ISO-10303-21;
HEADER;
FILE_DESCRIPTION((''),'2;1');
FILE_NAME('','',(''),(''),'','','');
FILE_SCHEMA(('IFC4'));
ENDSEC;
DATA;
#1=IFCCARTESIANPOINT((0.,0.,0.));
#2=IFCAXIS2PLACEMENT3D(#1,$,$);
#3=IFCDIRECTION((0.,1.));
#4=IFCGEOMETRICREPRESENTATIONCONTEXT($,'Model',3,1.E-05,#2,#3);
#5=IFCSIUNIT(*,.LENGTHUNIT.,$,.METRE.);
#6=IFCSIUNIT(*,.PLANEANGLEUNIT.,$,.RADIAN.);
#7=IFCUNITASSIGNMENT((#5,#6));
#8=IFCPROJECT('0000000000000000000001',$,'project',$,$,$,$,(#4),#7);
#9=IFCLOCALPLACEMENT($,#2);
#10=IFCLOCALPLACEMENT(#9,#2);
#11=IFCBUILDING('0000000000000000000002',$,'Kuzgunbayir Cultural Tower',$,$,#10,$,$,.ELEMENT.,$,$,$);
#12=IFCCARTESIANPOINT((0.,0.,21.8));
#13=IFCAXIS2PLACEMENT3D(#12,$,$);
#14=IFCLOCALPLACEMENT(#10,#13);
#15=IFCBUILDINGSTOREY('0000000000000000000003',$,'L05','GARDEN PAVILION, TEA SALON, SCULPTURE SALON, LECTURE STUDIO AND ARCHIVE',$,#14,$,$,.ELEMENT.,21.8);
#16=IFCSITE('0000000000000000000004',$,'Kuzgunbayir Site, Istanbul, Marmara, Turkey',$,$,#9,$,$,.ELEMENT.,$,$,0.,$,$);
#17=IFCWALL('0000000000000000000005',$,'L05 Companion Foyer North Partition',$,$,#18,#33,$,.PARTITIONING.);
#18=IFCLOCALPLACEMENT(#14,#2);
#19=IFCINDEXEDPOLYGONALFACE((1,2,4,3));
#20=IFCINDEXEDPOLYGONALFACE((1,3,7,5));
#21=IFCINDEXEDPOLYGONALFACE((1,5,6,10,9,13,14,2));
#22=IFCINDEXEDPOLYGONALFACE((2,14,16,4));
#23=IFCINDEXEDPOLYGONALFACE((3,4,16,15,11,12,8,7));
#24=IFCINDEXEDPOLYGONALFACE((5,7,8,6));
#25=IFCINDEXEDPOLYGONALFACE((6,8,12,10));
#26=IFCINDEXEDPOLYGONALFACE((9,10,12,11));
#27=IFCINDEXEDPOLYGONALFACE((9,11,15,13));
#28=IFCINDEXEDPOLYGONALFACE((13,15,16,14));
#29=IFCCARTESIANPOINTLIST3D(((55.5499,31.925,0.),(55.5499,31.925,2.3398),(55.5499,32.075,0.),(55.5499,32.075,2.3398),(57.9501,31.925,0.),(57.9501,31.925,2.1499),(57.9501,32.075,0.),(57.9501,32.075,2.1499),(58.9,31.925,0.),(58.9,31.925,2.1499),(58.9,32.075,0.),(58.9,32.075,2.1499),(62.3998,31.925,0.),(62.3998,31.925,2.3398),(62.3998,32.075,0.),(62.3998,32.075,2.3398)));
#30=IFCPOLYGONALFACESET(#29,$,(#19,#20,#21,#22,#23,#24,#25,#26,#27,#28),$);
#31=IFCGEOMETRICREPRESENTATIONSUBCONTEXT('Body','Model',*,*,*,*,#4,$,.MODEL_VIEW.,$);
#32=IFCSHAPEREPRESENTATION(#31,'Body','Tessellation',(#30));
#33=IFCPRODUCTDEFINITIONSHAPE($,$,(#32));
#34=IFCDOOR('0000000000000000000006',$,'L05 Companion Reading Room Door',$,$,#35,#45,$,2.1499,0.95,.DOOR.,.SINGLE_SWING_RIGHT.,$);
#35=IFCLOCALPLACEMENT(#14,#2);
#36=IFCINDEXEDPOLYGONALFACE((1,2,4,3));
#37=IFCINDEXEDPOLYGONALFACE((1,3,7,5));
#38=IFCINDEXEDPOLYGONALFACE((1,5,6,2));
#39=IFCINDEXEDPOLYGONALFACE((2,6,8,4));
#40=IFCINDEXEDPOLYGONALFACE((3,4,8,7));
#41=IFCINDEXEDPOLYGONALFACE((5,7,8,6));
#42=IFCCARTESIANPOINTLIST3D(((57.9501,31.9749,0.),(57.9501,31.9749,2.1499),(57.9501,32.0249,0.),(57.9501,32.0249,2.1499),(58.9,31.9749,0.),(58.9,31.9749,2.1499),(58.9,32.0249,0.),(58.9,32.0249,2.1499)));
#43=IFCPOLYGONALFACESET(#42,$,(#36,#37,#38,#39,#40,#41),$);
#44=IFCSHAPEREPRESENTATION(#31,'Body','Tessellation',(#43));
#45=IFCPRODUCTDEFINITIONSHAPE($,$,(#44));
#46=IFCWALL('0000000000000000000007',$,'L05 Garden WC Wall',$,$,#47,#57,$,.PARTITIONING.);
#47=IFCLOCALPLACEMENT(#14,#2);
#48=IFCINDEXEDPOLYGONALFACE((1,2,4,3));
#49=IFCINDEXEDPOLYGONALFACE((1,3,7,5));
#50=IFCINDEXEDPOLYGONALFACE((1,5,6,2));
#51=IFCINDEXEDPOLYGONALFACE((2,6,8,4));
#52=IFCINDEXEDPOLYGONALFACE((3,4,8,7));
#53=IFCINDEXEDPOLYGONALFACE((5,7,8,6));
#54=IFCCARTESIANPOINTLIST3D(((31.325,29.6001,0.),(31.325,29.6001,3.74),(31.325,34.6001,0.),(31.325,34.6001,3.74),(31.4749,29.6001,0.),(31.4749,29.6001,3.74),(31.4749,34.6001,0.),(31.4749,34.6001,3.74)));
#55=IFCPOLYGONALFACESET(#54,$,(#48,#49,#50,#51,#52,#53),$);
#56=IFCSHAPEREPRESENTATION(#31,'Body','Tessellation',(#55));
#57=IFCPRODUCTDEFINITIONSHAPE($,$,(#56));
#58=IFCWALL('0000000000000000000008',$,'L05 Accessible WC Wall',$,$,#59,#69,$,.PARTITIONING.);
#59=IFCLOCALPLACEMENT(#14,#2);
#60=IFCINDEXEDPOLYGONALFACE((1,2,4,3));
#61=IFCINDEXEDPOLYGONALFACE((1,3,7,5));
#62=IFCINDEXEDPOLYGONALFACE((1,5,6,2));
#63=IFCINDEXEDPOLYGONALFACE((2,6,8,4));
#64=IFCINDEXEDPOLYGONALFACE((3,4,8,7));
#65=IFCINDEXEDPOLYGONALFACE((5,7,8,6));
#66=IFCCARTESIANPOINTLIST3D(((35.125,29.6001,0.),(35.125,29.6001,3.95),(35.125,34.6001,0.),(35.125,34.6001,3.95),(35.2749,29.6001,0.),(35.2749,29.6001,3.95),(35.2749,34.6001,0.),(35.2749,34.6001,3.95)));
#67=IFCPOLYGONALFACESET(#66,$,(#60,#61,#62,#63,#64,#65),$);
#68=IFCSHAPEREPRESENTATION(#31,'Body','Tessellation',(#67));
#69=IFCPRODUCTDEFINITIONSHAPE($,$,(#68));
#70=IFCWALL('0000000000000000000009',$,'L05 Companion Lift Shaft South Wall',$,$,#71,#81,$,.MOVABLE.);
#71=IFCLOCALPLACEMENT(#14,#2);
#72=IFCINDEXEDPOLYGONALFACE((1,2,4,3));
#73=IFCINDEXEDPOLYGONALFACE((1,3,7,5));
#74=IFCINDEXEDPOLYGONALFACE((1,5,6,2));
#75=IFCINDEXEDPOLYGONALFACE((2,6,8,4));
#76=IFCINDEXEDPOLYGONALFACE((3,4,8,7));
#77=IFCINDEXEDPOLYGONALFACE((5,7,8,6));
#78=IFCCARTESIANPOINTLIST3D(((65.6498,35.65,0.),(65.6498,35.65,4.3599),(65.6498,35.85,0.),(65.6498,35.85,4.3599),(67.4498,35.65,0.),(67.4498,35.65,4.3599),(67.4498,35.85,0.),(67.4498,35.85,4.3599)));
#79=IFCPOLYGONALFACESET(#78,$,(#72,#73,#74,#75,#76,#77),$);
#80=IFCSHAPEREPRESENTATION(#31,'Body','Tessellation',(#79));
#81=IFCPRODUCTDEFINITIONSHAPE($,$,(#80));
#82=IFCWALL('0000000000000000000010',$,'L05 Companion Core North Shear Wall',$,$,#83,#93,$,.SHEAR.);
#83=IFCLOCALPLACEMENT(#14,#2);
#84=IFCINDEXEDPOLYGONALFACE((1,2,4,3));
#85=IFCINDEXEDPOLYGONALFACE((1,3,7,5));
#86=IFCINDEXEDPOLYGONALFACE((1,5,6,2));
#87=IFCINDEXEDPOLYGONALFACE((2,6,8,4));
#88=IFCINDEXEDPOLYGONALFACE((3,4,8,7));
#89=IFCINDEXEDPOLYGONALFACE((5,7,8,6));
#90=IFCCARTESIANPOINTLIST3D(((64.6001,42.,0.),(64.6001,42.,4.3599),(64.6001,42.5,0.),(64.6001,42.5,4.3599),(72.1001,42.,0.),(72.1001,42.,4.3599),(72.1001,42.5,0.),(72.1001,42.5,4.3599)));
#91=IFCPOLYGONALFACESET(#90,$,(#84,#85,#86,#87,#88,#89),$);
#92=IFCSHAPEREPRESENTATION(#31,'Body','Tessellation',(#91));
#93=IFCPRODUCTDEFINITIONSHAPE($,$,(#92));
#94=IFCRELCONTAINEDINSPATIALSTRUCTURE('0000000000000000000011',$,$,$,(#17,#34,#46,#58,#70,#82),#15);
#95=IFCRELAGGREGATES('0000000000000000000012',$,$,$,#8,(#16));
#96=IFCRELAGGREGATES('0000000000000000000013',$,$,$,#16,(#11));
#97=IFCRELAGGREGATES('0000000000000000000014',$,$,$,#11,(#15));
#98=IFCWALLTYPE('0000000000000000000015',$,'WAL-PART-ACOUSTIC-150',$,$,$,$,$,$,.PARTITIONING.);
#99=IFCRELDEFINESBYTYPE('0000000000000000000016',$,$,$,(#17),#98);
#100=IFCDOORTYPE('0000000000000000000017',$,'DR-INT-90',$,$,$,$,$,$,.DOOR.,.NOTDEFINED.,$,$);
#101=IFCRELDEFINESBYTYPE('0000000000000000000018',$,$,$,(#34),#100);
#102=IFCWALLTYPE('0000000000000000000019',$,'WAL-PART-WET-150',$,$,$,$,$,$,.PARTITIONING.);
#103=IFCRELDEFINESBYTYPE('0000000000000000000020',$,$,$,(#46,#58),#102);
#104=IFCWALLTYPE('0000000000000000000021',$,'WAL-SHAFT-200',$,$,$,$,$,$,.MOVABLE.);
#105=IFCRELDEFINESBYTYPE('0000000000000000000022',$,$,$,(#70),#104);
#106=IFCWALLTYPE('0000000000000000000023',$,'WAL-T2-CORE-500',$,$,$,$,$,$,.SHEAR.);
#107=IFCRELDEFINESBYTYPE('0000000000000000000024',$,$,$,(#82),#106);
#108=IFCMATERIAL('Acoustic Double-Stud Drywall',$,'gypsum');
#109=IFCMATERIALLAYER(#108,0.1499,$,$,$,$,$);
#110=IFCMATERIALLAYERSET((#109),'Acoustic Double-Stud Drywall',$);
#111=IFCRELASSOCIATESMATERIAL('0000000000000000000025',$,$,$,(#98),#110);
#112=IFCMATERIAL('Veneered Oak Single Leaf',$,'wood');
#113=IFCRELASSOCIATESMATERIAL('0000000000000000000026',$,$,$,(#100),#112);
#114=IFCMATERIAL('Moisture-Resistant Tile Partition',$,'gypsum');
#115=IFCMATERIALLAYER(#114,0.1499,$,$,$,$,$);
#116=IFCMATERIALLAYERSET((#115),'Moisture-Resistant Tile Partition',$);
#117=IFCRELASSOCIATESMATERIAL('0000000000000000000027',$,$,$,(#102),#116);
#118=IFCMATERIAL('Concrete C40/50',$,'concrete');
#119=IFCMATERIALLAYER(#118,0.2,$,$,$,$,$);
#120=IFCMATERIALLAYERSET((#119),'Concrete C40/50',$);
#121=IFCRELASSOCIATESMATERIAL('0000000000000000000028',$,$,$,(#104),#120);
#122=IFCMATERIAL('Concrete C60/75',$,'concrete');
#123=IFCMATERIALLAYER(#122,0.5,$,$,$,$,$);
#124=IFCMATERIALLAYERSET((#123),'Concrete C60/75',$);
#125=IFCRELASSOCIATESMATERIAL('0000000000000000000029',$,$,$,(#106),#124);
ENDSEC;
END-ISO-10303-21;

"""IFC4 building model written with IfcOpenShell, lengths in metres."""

from ifc_helpers import new_model, si_unit, direction, frame, frame_2d, origin, place, context, subcontext, project, spatial, rectangle, extrude, material, layer, layer_set, type_object, element, fill, save


model = new_model("IFC4")

# Units and contexts
model_context = context("Model", 3, precision=1e-05, world=origin(), true_north=direction((0.0, 1.0)))
body_context = subcontext(model_context, "Body", "Model", "MODEL_VIEW")
ifc_project = project(units=[si_unit("LENGTHUNIT", "METRE"), si_unit("PLANEANGLEUNIT", "RADIAN")], contexts=[model_context])

# Site, building, storey
site_placement = place(None, origin())
site = spatial("IfcSite", under=ifc_project, at=site_placement, Name="Kuzgunbayir Site, Istanbul, Marmara, Turkey", CompositionType="ELEMENT", RefElevation=0.0)
building_placement = place(site_placement, origin())
building = spatial("IfcBuilding", under=site, at=building_placement, Name="Kuzgunbayir Cultural Tower", CompositionType="ELEMENT")
storey_placement = place(building_placement, frame((0.0, 0.0, 21.8)))
storey = spatial("IfcBuildingStorey", under=building, at=storey_placement, Name="L05", Description="GARDEN PAVILION, TEA SALON, SCULPTURE SALON, LECTURE STUDIO AND ARCHIVE", CompositionType="ELEMENT", Elevation=21.8)

# Shared definitions
ifc_material_1 = material(Name="Concrete C60/75", Category="concrete")

# Shared definitions
ifc_material_2 = material(Name="Acoustic Double-Stud Drywall", Category="gypsum")
ifc_layer_1 = layer(ifc_material_2, 0.1499)
ifc_layer_set_1 = layer_set([ifc_layer_1], Name="Acoustic Double-Stud Drywall")
wall_type_1 = type_object("IfcWallType", Name="WAL-PART-ACOUSTIC-150", PredefinedType="PARTITIONING", material=ifc_layer_set_1)
ifc_material_3 = material(Name="Veneered Oak Single Leaf", Category="wood")
door_type_1 = type_object("IfcDoorType", Name="DR-INT-90", OperationType="NOTDEFINED", PredefinedType="DOOR", material=ifc_material_3)

# Wall, opening, door
wall_1_placement = place(storey_placement, frame((55.55, 32.0, 0.0), z_axis=(0.0, 0.0, 1.0), x_axis=(1.0, 0.0, 0.0)))
wall_1 = element("IfcWall", 1, at=wall_1_placement, inside=storey, type_object=wall_type_1, Name="L05 Companion Foyer North Partition", PredefinedType="PARTITIONING", context=body_context, shape_type="SweptSolid", body=[
    extrude(rectangle(XDim=6.8499, YDim=0.1499, at=frame_2d((3.4248, 0.0))), origin(), (0.0, 0.0, 1.0), 2.3398),
])
opening_1_placement = place(wall_1_placement, frame((2.3999, 0.0, 0.0)))
opening_1 = element("IfcOpeningElement", 2, at=opening_1_placement, cuts=wall_1, PredefinedType="OPENING", context=body_context, shape_type="SweptSolid", body=[
    extrude(rectangle(XDim=0.95, YDim=2.1499, at=frame_2d((0.4751, 1.075))), frame((0.0, 0.085, 0.0), z_axis=(0.0, -1.0, 0.0), x_axis=(1.0, 0.0, 0.0)), (0.0, 0.0, 1.0), 0.1699),
])
door_1_placement = place(opening_1_placement, origin())
door_1 = element("IfcDoor", 3, at=door_1_placement, inside=storey, type_object=door_type_1, Name="L05 Companion Reading Room Door", OperationType="SINGLE_SWING_RIGHT", OverallHeight=2.1499, OverallWidth=0.95, PredefinedType="DOOR", context=body_context, shape_type="SweptSolid", body=[
    extrude(rectangle(XDim=0.95, YDim=2.1499, at=frame_2d((0.4751, 1.075))), frame((0.0, 0.0249, 0.0), z_axis=(0.0, -1.0, 0.0), x_axis=(1.0, 0.0, 0.0)), (0.0, 0.0, 1.0), 0.05),
])
fill(opening_1, door_1)

# Walls
ifc_material_4 = material(Name="Moisture-Resistant Tile Partition", Category="gypsum")
ifc_layer_2 = layer(ifc_material_4, 0.1499)
ifc_layer_set_2 = layer_set([ifc_layer_2], Name="Moisture-Resistant Tile Partition")
wall_type_2 = type_object("IfcWallType", Name="WAL-PART-WET-150", PredefinedType="PARTITIONING", material=ifc_layer_set_2)
wall_2_placement = place(storey_placement, frame((31.3999, 29.6001, 0.0), z_axis=(0.0, 0.0, 1.0), x_axis=(0.0, 1.0, 0.0)))
element("IfcWall", 4, at=wall_2_placement, inside=storey, type_object=wall_type_2, Name="L05 Garden WC Wall", PredefinedType="PARTITIONING", context=body_context, shape_type="SweptSolid", body=[
    extrude(rectangle(XDim=5.0, YDim=0.1499, at=frame_2d((2.5, 0.0))), origin(), (0.0, 0.0, 1.0), 3.74),
])
wall_3_placement = place(storey_placement, frame((35.2, 29.6001, 0.0), z_axis=(0.0, 0.0, 1.0), x_axis=(0.0, 1.0, 0.0)))
element("IfcWall", 5, at=wall_3_placement, inside=storey, type_object=wall_type_2, Name="L05 Accessible WC Wall", PredefinedType="PARTITIONING", context=body_context, shape_type="SweptSolid", body=[
    extrude(rectangle(XDim=5.0, YDim=0.1499, at=frame_2d((2.5, 0.0))), origin(), (0.0, 0.0, 1.0), 3.95),
])

# Shared definitions
ifc_material_5 = material(Name="Concrete C40/50", Category="concrete")
ifc_layer_3 = layer(ifc_material_5, 0.2)
ifc_layer_set_3 = layer_set([ifc_layer_3], Name="Concrete C40/50")
wall_type_3 = type_object("IfcWallType", Name="WAL-SHAFT-200", PredefinedType="MOVABLE", material=ifc_layer_set_3)

# Walls
wall_4_placement = place(storey_placement, frame((65.6499, 35.75, 0.0), z_axis=(0.0, 0.0, 1.0), x_axis=(1.0, 0.0, 0.0)))
element("IfcWall", 6, at=wall_4_placement, inside=storey, type_object=wall_type_3, Name="L05 Companion Lift Shaft South Wall", PredefinedType="MOVABLE", context=body_context, shape_type="SweptSolid", body=[
    extrude(rectangle(XDim=1.8, YDim=0.2, at=frame_2d((0.8999, 0.0))), origin(), (0.0, 0.0, 1.0), 4.3599),
])
ifc_layer_4 = layer(ifc_material_1, 0.5)
ifc_layer_set_4 = layer_set([ifc_layer_4], Name="Concrete C60/75")
wall_type_4 = type_object("IfcWallType", Name="WAL-T2-CORE-500", PredefinedType="SHEAR", material=ifc_layer_set_4)
wall_5_placement = place(storey_placement, frame((64.6001, 42.25, 0.0), z_axis=(0.0, 0.0, 1.0), x_axis=(1.0, 0.0, 0.0)))
element("IfcWall", 7, at=wall_5_placement, inside=storey, type_object=wall_type_4, Name="L05 Companion Core North Shear Wall", PredefinedType="SHEAR", context=body_context, shape_type="SweptSolid", body=[
    extrude(rectangle(XDim=7.5, YDim=0.5, at=frame_2d((3.75, 0.0))), origin(), (0.0, 0.0, 1.0), 4.3599),
])

save(model, "model.ifc")
